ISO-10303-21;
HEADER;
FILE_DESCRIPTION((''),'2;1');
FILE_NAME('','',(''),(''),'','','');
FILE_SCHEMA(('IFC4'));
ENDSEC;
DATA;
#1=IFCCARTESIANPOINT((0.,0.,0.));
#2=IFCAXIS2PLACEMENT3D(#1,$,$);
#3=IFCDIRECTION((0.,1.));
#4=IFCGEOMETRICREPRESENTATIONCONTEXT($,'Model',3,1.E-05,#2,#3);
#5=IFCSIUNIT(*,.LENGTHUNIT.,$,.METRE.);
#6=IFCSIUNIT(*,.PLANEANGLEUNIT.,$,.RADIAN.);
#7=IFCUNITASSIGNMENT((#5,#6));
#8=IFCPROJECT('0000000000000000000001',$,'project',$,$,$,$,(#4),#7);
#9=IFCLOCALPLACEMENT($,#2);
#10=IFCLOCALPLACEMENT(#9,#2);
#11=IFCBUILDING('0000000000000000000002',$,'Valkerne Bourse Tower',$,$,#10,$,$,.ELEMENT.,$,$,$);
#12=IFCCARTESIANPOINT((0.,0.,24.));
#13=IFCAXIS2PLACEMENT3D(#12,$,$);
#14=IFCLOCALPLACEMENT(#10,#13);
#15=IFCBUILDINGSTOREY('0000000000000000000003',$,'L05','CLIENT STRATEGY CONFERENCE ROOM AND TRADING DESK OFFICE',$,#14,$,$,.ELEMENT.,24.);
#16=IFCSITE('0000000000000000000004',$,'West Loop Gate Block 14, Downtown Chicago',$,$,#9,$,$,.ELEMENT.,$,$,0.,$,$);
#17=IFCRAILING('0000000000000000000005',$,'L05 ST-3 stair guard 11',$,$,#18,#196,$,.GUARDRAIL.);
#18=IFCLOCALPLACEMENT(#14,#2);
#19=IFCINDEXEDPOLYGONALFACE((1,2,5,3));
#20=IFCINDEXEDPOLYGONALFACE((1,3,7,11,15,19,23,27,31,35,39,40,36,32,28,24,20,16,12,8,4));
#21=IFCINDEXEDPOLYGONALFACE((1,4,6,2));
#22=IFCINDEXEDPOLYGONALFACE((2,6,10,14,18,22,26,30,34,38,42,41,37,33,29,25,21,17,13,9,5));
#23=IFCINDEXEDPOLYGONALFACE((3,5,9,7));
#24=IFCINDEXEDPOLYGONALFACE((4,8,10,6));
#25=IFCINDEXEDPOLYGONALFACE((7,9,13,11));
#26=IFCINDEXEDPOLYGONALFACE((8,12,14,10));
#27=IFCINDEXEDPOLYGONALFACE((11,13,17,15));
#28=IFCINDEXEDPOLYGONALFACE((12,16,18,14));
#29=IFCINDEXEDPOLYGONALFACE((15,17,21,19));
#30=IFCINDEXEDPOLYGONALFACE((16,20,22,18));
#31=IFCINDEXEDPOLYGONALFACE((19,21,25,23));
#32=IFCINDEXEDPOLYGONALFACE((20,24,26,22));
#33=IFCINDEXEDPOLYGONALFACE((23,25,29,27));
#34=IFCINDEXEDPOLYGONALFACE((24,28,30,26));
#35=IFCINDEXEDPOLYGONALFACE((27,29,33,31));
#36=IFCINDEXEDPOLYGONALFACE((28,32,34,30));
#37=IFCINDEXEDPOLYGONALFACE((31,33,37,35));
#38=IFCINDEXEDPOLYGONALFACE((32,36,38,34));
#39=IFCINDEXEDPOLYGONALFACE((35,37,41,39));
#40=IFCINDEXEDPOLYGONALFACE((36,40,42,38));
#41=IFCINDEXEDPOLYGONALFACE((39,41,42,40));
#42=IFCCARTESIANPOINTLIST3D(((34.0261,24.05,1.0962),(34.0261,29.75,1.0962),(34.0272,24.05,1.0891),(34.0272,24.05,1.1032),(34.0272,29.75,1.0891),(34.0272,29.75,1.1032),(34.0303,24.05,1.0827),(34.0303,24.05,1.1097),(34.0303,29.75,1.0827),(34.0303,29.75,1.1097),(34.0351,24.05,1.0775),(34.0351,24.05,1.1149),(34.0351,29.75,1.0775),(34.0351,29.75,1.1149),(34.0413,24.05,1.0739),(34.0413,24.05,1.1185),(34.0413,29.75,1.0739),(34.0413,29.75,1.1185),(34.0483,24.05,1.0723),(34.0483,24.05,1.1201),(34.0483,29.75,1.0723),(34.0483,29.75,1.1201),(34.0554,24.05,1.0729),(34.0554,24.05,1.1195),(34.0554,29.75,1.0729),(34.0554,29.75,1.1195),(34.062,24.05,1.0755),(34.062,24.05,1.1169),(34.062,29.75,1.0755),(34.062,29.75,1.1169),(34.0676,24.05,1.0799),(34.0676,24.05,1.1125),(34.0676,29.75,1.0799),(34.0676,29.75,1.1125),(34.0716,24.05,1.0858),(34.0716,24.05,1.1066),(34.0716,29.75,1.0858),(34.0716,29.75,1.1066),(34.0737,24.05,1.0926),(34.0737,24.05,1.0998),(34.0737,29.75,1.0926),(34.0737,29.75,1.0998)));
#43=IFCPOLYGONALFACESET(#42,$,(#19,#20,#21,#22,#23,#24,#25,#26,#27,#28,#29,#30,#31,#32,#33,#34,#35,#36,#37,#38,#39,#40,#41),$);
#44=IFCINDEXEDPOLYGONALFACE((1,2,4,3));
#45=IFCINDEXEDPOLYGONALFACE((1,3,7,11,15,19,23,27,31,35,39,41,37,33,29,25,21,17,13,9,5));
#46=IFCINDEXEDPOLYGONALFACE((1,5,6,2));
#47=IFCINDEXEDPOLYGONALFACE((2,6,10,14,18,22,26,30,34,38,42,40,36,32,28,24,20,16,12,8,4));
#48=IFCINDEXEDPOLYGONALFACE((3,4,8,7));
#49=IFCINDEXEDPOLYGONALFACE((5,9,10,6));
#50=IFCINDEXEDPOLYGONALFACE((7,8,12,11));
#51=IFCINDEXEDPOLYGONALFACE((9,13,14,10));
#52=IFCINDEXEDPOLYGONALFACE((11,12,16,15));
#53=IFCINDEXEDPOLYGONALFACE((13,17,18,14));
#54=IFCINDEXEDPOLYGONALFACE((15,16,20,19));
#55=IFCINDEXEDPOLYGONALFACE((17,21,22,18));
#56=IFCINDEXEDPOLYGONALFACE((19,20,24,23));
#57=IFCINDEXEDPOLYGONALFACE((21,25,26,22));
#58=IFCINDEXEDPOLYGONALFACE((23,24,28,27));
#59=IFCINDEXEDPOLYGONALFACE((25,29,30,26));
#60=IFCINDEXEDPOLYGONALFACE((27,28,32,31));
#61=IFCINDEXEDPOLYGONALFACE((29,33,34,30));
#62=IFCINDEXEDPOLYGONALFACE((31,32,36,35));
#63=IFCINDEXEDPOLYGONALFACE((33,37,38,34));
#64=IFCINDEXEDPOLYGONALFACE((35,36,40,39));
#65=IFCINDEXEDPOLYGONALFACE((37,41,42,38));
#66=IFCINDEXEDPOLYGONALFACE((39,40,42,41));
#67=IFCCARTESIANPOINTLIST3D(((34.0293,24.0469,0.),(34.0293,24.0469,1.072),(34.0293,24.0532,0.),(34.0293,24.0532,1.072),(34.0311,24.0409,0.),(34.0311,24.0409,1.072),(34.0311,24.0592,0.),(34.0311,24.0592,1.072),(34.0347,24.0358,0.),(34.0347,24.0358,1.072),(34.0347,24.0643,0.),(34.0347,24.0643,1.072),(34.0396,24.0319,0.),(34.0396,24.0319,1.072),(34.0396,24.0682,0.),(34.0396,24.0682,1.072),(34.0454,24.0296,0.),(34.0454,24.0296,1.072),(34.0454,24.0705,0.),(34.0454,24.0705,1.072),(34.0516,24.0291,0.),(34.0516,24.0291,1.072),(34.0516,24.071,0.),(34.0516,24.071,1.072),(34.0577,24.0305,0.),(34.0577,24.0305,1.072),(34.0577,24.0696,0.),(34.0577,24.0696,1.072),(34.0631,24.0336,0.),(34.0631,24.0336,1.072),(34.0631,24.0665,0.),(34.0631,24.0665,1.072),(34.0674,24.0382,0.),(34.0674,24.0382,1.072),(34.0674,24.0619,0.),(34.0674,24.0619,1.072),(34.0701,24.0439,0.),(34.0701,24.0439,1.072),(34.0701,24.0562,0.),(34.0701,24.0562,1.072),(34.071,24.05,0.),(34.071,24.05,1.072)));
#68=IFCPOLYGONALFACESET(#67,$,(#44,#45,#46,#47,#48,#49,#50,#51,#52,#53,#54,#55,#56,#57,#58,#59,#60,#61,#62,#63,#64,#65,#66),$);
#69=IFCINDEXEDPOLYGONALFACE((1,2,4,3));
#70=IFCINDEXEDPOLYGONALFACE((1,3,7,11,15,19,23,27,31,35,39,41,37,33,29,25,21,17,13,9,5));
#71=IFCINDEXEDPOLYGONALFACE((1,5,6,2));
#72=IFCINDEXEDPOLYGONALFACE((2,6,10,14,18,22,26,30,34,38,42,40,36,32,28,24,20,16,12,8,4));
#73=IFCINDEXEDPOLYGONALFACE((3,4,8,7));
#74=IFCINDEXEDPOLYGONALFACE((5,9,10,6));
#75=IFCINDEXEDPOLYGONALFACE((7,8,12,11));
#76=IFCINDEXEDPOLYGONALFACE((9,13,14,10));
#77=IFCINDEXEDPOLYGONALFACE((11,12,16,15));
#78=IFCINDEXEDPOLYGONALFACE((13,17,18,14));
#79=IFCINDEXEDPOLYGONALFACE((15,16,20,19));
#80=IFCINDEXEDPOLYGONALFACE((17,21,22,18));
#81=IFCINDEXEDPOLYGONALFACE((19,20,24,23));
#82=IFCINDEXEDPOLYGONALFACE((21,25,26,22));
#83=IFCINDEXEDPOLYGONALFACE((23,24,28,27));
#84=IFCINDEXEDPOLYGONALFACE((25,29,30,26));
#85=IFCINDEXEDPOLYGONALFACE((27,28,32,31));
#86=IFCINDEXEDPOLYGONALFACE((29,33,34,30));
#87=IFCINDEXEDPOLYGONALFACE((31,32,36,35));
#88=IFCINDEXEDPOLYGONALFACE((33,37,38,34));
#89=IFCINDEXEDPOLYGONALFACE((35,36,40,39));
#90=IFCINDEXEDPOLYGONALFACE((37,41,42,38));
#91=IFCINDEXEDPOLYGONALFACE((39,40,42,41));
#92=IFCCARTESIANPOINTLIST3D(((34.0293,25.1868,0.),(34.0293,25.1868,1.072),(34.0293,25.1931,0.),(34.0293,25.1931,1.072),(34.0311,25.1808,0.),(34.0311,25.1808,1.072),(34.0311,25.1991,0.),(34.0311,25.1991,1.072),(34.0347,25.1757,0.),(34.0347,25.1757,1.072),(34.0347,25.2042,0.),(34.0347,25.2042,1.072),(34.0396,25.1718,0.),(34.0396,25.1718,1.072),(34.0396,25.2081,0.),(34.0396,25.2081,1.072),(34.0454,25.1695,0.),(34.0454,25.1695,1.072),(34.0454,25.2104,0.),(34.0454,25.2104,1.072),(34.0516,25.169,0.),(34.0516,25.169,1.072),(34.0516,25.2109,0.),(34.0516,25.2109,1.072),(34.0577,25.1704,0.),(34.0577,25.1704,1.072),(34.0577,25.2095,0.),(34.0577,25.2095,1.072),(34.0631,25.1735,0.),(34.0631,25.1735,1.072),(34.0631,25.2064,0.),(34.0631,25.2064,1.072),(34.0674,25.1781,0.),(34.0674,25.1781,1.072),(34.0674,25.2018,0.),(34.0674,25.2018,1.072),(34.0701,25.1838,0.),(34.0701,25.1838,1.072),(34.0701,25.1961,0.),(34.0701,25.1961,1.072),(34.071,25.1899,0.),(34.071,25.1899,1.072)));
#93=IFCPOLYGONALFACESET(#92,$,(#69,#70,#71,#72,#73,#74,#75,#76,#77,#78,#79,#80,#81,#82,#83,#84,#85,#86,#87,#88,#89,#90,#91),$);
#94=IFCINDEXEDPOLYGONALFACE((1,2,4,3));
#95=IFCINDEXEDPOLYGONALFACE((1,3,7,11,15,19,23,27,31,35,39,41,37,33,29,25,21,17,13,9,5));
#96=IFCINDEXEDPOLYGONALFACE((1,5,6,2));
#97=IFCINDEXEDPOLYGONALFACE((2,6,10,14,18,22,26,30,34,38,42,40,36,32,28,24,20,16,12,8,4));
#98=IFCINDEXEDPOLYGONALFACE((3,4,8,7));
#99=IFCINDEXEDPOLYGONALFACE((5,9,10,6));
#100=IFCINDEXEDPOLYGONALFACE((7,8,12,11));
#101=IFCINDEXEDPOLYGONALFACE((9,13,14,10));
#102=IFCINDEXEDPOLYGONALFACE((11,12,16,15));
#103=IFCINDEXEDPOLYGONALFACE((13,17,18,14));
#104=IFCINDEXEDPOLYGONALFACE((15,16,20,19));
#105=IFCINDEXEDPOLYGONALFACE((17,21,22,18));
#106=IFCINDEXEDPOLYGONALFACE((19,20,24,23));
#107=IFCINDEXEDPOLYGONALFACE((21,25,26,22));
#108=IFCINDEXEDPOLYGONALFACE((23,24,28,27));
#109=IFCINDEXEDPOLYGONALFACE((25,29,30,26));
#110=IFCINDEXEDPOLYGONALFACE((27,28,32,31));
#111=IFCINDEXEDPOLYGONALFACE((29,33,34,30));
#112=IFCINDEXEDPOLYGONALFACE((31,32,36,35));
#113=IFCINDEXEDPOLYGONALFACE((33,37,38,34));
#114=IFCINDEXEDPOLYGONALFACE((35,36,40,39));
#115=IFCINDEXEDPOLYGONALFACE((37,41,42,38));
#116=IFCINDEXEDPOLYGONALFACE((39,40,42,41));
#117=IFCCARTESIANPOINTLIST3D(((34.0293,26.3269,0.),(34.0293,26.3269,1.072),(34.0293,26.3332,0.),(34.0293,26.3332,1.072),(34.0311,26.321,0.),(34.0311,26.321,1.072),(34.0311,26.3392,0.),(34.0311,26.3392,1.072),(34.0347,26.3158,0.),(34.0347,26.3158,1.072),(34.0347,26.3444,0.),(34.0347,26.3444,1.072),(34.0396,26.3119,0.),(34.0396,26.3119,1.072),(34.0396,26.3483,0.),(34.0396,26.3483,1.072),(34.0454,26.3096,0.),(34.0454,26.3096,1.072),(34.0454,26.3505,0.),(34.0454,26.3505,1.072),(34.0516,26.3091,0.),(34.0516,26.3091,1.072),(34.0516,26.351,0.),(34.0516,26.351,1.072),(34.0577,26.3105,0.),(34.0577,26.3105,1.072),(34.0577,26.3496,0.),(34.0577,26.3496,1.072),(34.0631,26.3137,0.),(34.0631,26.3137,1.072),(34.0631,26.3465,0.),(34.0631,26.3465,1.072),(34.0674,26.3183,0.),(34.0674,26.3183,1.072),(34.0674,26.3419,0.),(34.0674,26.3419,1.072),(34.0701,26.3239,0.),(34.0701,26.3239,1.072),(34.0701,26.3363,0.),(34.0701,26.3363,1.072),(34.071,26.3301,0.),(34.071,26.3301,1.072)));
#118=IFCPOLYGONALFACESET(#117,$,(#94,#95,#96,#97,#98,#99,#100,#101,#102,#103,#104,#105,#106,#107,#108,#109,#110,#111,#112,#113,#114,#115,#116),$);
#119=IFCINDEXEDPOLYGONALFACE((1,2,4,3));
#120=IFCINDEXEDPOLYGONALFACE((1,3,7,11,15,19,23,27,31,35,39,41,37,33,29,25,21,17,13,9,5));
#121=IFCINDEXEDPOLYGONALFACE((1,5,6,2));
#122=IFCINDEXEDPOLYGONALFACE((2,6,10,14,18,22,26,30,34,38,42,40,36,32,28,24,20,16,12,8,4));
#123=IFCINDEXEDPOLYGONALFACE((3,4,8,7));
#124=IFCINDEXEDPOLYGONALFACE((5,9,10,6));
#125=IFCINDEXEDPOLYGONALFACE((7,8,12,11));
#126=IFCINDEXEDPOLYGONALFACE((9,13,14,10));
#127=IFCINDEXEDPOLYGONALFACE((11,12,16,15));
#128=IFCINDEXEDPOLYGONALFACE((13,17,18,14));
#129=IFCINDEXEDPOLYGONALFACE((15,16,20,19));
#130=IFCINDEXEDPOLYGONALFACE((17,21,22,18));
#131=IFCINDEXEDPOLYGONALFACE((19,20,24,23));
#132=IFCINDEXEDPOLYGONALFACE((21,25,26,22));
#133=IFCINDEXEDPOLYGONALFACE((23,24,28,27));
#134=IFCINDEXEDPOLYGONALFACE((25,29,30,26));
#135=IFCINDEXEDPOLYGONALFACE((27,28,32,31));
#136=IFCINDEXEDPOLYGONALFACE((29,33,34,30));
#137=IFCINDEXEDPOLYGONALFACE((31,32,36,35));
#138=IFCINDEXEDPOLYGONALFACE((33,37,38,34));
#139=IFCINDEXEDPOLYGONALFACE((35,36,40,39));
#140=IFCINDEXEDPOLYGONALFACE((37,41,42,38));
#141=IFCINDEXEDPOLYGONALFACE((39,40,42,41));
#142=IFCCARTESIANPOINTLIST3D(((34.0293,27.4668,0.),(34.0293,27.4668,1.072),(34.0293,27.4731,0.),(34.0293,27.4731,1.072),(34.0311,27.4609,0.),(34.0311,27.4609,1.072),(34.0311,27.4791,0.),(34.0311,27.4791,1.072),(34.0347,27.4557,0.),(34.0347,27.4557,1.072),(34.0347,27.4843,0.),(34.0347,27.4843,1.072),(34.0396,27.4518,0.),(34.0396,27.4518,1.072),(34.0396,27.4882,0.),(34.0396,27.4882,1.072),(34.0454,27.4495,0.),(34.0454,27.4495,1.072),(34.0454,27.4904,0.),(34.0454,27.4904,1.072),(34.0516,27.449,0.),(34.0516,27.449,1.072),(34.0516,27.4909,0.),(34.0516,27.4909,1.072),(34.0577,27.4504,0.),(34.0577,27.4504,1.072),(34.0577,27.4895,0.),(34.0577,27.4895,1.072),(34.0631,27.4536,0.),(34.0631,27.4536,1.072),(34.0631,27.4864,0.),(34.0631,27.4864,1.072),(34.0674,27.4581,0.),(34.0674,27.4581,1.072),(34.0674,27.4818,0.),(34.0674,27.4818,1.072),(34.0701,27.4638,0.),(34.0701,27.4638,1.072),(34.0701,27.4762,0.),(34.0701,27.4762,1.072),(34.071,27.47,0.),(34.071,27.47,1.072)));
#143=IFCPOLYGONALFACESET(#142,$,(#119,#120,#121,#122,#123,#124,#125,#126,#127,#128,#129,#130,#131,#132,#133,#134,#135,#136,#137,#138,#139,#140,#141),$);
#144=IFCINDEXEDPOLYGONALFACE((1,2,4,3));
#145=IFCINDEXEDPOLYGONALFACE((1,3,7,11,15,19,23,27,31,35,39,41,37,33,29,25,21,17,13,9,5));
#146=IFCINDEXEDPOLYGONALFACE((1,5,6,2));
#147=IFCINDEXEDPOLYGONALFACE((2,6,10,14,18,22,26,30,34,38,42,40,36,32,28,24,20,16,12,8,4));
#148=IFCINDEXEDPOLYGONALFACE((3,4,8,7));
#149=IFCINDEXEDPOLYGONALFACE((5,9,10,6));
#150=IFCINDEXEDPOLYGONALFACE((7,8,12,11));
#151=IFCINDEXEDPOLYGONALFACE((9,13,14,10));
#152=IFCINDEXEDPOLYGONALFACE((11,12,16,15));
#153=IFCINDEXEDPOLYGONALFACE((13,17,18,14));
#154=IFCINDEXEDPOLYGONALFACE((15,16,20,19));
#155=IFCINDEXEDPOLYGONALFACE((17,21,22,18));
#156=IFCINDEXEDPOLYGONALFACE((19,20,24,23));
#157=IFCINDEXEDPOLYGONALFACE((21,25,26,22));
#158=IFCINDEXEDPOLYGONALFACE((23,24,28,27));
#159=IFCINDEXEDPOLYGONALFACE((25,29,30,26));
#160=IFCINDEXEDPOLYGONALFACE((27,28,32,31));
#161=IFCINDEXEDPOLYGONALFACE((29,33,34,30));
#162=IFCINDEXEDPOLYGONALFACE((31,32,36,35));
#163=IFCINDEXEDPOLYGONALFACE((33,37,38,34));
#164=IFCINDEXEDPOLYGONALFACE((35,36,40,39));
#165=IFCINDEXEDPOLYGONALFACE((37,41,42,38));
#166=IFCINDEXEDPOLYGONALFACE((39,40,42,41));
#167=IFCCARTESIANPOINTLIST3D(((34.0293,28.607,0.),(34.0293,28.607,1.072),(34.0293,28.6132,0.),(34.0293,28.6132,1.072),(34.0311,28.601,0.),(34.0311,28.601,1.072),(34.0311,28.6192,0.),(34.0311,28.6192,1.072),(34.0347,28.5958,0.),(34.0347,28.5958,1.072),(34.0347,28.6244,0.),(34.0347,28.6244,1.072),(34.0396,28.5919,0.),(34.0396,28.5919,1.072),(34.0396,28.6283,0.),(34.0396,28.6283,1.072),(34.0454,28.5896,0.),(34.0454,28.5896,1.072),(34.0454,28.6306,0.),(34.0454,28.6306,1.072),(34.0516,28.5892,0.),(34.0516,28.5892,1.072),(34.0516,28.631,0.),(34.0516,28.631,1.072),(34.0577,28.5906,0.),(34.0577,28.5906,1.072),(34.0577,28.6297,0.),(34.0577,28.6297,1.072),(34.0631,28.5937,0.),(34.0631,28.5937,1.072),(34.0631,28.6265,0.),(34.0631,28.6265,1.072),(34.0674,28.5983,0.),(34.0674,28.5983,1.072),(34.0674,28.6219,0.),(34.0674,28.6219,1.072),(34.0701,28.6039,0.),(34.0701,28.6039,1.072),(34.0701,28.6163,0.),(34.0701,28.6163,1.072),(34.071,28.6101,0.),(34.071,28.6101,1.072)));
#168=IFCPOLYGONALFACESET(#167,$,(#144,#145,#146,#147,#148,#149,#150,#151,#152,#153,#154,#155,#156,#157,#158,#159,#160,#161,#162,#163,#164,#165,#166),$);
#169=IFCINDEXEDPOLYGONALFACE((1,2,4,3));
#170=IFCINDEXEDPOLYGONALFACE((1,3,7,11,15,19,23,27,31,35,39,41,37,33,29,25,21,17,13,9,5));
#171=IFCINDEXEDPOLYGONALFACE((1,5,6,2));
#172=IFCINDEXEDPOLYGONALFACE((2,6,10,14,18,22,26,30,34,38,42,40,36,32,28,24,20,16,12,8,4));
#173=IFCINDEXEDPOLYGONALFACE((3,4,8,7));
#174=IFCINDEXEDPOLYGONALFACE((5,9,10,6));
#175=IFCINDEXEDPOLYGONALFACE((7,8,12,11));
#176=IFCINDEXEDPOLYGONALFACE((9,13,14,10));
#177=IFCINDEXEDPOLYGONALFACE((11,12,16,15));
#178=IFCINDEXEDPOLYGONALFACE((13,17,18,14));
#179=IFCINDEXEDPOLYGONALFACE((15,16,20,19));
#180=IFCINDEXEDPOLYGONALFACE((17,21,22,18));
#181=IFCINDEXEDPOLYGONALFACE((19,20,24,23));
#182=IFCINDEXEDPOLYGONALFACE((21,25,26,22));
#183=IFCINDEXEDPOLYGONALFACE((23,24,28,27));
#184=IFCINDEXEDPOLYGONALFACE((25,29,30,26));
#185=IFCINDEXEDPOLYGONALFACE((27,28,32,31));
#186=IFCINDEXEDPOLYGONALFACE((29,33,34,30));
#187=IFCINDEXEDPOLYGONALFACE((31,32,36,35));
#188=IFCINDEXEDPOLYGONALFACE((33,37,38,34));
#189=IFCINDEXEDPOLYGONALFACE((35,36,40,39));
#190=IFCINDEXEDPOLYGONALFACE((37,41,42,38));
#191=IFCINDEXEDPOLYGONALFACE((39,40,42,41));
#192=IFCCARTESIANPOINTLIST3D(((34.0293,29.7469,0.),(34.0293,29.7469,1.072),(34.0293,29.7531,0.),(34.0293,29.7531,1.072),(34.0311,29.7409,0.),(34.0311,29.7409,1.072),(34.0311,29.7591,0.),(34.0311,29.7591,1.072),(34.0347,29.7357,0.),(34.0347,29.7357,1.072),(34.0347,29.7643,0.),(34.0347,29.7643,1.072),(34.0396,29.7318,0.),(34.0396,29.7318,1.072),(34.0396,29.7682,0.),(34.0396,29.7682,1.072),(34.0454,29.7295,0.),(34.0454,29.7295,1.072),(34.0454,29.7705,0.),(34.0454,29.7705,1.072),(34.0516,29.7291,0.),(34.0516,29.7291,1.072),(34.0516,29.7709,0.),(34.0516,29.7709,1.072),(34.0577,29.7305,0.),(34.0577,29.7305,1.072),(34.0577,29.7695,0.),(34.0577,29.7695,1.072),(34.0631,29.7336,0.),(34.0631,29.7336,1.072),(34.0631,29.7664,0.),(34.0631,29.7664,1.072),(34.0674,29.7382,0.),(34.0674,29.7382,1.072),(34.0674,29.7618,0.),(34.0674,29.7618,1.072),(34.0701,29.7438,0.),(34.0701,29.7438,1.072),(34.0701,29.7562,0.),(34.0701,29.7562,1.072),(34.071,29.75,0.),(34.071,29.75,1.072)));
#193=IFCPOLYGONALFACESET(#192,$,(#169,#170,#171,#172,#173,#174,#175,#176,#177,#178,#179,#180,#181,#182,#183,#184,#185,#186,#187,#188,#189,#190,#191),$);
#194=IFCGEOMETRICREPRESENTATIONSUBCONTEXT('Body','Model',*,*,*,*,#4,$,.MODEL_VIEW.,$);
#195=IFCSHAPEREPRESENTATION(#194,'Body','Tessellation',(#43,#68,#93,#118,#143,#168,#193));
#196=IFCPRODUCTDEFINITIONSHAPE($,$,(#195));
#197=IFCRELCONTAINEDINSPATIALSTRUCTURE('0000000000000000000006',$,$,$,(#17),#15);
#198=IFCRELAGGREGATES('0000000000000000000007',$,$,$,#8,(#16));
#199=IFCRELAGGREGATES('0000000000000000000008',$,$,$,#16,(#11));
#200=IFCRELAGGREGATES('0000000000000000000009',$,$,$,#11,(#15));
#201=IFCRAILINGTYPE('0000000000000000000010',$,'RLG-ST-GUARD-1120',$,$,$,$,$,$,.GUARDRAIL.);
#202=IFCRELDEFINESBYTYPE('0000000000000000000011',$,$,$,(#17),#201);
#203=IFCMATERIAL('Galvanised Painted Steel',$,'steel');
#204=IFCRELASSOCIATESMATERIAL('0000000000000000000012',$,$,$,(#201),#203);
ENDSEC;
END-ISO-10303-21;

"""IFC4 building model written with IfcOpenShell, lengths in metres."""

from ifc_helpers import new_model, si_unit, direction, frame, origin, origin_2d, place, context, subcontext, project, spatial, circle, extrude, material, type_object, element, save


model = new_model("IFC4")

# Units and contexts
model_context = context("Model", 3, precision=1e-05, world=origin(), true_north=direction((0.0, 1.0)))
body_context = subcontext(model_context, "Body", "Model", "MODEL_VIEW")
ifc_project = project(units=[si_unit("LENGTHUNIT", "METRE"), si_unit("PLANEANGLEUNIT", "RADIAN")], contexts=[model_context])

# Site, building, storey
site_placement = place(None, origin())
site = spatial("IfcSite", under=ifc_project, at=site_placement, Name="West Loop Gate Block 14, Downtown Chicago", CompositionType="ELEMENT", RefElevation=0.0)
building_placement = place(site_placement, origin())
building = spatial("IfcBuilding", under=site, at=building_placement, Name="Valkerne Bourse Tower", CompositionType="ELEMENT")
storey_placement = place(building_placement, frame((0.0, 0.0, 24.0)))
storey = spatial("IfcBuildingStorey", under=building, at=storey_placement, Name="L05", Description="CLIENT STRATEGY CONFERENCE ROOM AND TRADING DESK OFFICE", CompositionType="ELEMENT", Elevation=24.0)

# Shared definitions
ifc_material_1 = material(Name="Galvanised Painted Steel", Category="steel")

# Railing
railing_type_1 = type_object("IfcRailingType", Name="RLG-ST-GUARD-1120", PredefinedType="GUARDRAIL", material=ifc_material_1)
railing_1_placement = place(storey_placement, frame((34.05, 24.05, 0.0)))
element("IfcRailing", 1, at=railing_1_placement, inside=storey, type_object=railing_type_1, Name="L05 ST-3 stair guard 11", PredefinedType="GUARDRAIL", context=body_context, shape_type="SweptSolid", body=[
    extrude(circle(Radius=0.0239, at=origin_2d()), frame((0.0, 0.0, 1.0962), z_axis=(0.0, 1.0, 0.0), x_axis=(-1.0, 0.0, 0.0)), (0.0, 0.0, 1.0), 5.7),
    extrude(circle(Radius=0.021, at=origin_2d()), origin(), (0.0, 0.0, 1.0), 1.072),
    extrude(circle(Radius=0.021, at=origin_2d()), frame((0.0, 1.1399, 0.0)), (0.0, 0.0, 1.0), 1.072),
    extrude(circle(Radius=0.021, at=origin_2d()), frame((0.0, 2.28, 0.0)), (0.0, 0.0, 1.0), 1.072),
    extrude(circle(Radius=0.021, at=origin_2d()), frame((0.0, 3.4199, 0.0)), (0.0, 0.0, 1.0), 1.072),
    extrude(circle(Radius=0.021, at=origin_2d()), frame((0.0, 4.5601, 0.0)), (0.0, 0.0, 1.0), 1.072),
    extrude(circle(Radius=0.021, at=origin_2d()), frame((0.0, 5.7, 0.0)), (0.0, 0.0, 1.0), 1.072),
])

save(model, "model.ifc")
